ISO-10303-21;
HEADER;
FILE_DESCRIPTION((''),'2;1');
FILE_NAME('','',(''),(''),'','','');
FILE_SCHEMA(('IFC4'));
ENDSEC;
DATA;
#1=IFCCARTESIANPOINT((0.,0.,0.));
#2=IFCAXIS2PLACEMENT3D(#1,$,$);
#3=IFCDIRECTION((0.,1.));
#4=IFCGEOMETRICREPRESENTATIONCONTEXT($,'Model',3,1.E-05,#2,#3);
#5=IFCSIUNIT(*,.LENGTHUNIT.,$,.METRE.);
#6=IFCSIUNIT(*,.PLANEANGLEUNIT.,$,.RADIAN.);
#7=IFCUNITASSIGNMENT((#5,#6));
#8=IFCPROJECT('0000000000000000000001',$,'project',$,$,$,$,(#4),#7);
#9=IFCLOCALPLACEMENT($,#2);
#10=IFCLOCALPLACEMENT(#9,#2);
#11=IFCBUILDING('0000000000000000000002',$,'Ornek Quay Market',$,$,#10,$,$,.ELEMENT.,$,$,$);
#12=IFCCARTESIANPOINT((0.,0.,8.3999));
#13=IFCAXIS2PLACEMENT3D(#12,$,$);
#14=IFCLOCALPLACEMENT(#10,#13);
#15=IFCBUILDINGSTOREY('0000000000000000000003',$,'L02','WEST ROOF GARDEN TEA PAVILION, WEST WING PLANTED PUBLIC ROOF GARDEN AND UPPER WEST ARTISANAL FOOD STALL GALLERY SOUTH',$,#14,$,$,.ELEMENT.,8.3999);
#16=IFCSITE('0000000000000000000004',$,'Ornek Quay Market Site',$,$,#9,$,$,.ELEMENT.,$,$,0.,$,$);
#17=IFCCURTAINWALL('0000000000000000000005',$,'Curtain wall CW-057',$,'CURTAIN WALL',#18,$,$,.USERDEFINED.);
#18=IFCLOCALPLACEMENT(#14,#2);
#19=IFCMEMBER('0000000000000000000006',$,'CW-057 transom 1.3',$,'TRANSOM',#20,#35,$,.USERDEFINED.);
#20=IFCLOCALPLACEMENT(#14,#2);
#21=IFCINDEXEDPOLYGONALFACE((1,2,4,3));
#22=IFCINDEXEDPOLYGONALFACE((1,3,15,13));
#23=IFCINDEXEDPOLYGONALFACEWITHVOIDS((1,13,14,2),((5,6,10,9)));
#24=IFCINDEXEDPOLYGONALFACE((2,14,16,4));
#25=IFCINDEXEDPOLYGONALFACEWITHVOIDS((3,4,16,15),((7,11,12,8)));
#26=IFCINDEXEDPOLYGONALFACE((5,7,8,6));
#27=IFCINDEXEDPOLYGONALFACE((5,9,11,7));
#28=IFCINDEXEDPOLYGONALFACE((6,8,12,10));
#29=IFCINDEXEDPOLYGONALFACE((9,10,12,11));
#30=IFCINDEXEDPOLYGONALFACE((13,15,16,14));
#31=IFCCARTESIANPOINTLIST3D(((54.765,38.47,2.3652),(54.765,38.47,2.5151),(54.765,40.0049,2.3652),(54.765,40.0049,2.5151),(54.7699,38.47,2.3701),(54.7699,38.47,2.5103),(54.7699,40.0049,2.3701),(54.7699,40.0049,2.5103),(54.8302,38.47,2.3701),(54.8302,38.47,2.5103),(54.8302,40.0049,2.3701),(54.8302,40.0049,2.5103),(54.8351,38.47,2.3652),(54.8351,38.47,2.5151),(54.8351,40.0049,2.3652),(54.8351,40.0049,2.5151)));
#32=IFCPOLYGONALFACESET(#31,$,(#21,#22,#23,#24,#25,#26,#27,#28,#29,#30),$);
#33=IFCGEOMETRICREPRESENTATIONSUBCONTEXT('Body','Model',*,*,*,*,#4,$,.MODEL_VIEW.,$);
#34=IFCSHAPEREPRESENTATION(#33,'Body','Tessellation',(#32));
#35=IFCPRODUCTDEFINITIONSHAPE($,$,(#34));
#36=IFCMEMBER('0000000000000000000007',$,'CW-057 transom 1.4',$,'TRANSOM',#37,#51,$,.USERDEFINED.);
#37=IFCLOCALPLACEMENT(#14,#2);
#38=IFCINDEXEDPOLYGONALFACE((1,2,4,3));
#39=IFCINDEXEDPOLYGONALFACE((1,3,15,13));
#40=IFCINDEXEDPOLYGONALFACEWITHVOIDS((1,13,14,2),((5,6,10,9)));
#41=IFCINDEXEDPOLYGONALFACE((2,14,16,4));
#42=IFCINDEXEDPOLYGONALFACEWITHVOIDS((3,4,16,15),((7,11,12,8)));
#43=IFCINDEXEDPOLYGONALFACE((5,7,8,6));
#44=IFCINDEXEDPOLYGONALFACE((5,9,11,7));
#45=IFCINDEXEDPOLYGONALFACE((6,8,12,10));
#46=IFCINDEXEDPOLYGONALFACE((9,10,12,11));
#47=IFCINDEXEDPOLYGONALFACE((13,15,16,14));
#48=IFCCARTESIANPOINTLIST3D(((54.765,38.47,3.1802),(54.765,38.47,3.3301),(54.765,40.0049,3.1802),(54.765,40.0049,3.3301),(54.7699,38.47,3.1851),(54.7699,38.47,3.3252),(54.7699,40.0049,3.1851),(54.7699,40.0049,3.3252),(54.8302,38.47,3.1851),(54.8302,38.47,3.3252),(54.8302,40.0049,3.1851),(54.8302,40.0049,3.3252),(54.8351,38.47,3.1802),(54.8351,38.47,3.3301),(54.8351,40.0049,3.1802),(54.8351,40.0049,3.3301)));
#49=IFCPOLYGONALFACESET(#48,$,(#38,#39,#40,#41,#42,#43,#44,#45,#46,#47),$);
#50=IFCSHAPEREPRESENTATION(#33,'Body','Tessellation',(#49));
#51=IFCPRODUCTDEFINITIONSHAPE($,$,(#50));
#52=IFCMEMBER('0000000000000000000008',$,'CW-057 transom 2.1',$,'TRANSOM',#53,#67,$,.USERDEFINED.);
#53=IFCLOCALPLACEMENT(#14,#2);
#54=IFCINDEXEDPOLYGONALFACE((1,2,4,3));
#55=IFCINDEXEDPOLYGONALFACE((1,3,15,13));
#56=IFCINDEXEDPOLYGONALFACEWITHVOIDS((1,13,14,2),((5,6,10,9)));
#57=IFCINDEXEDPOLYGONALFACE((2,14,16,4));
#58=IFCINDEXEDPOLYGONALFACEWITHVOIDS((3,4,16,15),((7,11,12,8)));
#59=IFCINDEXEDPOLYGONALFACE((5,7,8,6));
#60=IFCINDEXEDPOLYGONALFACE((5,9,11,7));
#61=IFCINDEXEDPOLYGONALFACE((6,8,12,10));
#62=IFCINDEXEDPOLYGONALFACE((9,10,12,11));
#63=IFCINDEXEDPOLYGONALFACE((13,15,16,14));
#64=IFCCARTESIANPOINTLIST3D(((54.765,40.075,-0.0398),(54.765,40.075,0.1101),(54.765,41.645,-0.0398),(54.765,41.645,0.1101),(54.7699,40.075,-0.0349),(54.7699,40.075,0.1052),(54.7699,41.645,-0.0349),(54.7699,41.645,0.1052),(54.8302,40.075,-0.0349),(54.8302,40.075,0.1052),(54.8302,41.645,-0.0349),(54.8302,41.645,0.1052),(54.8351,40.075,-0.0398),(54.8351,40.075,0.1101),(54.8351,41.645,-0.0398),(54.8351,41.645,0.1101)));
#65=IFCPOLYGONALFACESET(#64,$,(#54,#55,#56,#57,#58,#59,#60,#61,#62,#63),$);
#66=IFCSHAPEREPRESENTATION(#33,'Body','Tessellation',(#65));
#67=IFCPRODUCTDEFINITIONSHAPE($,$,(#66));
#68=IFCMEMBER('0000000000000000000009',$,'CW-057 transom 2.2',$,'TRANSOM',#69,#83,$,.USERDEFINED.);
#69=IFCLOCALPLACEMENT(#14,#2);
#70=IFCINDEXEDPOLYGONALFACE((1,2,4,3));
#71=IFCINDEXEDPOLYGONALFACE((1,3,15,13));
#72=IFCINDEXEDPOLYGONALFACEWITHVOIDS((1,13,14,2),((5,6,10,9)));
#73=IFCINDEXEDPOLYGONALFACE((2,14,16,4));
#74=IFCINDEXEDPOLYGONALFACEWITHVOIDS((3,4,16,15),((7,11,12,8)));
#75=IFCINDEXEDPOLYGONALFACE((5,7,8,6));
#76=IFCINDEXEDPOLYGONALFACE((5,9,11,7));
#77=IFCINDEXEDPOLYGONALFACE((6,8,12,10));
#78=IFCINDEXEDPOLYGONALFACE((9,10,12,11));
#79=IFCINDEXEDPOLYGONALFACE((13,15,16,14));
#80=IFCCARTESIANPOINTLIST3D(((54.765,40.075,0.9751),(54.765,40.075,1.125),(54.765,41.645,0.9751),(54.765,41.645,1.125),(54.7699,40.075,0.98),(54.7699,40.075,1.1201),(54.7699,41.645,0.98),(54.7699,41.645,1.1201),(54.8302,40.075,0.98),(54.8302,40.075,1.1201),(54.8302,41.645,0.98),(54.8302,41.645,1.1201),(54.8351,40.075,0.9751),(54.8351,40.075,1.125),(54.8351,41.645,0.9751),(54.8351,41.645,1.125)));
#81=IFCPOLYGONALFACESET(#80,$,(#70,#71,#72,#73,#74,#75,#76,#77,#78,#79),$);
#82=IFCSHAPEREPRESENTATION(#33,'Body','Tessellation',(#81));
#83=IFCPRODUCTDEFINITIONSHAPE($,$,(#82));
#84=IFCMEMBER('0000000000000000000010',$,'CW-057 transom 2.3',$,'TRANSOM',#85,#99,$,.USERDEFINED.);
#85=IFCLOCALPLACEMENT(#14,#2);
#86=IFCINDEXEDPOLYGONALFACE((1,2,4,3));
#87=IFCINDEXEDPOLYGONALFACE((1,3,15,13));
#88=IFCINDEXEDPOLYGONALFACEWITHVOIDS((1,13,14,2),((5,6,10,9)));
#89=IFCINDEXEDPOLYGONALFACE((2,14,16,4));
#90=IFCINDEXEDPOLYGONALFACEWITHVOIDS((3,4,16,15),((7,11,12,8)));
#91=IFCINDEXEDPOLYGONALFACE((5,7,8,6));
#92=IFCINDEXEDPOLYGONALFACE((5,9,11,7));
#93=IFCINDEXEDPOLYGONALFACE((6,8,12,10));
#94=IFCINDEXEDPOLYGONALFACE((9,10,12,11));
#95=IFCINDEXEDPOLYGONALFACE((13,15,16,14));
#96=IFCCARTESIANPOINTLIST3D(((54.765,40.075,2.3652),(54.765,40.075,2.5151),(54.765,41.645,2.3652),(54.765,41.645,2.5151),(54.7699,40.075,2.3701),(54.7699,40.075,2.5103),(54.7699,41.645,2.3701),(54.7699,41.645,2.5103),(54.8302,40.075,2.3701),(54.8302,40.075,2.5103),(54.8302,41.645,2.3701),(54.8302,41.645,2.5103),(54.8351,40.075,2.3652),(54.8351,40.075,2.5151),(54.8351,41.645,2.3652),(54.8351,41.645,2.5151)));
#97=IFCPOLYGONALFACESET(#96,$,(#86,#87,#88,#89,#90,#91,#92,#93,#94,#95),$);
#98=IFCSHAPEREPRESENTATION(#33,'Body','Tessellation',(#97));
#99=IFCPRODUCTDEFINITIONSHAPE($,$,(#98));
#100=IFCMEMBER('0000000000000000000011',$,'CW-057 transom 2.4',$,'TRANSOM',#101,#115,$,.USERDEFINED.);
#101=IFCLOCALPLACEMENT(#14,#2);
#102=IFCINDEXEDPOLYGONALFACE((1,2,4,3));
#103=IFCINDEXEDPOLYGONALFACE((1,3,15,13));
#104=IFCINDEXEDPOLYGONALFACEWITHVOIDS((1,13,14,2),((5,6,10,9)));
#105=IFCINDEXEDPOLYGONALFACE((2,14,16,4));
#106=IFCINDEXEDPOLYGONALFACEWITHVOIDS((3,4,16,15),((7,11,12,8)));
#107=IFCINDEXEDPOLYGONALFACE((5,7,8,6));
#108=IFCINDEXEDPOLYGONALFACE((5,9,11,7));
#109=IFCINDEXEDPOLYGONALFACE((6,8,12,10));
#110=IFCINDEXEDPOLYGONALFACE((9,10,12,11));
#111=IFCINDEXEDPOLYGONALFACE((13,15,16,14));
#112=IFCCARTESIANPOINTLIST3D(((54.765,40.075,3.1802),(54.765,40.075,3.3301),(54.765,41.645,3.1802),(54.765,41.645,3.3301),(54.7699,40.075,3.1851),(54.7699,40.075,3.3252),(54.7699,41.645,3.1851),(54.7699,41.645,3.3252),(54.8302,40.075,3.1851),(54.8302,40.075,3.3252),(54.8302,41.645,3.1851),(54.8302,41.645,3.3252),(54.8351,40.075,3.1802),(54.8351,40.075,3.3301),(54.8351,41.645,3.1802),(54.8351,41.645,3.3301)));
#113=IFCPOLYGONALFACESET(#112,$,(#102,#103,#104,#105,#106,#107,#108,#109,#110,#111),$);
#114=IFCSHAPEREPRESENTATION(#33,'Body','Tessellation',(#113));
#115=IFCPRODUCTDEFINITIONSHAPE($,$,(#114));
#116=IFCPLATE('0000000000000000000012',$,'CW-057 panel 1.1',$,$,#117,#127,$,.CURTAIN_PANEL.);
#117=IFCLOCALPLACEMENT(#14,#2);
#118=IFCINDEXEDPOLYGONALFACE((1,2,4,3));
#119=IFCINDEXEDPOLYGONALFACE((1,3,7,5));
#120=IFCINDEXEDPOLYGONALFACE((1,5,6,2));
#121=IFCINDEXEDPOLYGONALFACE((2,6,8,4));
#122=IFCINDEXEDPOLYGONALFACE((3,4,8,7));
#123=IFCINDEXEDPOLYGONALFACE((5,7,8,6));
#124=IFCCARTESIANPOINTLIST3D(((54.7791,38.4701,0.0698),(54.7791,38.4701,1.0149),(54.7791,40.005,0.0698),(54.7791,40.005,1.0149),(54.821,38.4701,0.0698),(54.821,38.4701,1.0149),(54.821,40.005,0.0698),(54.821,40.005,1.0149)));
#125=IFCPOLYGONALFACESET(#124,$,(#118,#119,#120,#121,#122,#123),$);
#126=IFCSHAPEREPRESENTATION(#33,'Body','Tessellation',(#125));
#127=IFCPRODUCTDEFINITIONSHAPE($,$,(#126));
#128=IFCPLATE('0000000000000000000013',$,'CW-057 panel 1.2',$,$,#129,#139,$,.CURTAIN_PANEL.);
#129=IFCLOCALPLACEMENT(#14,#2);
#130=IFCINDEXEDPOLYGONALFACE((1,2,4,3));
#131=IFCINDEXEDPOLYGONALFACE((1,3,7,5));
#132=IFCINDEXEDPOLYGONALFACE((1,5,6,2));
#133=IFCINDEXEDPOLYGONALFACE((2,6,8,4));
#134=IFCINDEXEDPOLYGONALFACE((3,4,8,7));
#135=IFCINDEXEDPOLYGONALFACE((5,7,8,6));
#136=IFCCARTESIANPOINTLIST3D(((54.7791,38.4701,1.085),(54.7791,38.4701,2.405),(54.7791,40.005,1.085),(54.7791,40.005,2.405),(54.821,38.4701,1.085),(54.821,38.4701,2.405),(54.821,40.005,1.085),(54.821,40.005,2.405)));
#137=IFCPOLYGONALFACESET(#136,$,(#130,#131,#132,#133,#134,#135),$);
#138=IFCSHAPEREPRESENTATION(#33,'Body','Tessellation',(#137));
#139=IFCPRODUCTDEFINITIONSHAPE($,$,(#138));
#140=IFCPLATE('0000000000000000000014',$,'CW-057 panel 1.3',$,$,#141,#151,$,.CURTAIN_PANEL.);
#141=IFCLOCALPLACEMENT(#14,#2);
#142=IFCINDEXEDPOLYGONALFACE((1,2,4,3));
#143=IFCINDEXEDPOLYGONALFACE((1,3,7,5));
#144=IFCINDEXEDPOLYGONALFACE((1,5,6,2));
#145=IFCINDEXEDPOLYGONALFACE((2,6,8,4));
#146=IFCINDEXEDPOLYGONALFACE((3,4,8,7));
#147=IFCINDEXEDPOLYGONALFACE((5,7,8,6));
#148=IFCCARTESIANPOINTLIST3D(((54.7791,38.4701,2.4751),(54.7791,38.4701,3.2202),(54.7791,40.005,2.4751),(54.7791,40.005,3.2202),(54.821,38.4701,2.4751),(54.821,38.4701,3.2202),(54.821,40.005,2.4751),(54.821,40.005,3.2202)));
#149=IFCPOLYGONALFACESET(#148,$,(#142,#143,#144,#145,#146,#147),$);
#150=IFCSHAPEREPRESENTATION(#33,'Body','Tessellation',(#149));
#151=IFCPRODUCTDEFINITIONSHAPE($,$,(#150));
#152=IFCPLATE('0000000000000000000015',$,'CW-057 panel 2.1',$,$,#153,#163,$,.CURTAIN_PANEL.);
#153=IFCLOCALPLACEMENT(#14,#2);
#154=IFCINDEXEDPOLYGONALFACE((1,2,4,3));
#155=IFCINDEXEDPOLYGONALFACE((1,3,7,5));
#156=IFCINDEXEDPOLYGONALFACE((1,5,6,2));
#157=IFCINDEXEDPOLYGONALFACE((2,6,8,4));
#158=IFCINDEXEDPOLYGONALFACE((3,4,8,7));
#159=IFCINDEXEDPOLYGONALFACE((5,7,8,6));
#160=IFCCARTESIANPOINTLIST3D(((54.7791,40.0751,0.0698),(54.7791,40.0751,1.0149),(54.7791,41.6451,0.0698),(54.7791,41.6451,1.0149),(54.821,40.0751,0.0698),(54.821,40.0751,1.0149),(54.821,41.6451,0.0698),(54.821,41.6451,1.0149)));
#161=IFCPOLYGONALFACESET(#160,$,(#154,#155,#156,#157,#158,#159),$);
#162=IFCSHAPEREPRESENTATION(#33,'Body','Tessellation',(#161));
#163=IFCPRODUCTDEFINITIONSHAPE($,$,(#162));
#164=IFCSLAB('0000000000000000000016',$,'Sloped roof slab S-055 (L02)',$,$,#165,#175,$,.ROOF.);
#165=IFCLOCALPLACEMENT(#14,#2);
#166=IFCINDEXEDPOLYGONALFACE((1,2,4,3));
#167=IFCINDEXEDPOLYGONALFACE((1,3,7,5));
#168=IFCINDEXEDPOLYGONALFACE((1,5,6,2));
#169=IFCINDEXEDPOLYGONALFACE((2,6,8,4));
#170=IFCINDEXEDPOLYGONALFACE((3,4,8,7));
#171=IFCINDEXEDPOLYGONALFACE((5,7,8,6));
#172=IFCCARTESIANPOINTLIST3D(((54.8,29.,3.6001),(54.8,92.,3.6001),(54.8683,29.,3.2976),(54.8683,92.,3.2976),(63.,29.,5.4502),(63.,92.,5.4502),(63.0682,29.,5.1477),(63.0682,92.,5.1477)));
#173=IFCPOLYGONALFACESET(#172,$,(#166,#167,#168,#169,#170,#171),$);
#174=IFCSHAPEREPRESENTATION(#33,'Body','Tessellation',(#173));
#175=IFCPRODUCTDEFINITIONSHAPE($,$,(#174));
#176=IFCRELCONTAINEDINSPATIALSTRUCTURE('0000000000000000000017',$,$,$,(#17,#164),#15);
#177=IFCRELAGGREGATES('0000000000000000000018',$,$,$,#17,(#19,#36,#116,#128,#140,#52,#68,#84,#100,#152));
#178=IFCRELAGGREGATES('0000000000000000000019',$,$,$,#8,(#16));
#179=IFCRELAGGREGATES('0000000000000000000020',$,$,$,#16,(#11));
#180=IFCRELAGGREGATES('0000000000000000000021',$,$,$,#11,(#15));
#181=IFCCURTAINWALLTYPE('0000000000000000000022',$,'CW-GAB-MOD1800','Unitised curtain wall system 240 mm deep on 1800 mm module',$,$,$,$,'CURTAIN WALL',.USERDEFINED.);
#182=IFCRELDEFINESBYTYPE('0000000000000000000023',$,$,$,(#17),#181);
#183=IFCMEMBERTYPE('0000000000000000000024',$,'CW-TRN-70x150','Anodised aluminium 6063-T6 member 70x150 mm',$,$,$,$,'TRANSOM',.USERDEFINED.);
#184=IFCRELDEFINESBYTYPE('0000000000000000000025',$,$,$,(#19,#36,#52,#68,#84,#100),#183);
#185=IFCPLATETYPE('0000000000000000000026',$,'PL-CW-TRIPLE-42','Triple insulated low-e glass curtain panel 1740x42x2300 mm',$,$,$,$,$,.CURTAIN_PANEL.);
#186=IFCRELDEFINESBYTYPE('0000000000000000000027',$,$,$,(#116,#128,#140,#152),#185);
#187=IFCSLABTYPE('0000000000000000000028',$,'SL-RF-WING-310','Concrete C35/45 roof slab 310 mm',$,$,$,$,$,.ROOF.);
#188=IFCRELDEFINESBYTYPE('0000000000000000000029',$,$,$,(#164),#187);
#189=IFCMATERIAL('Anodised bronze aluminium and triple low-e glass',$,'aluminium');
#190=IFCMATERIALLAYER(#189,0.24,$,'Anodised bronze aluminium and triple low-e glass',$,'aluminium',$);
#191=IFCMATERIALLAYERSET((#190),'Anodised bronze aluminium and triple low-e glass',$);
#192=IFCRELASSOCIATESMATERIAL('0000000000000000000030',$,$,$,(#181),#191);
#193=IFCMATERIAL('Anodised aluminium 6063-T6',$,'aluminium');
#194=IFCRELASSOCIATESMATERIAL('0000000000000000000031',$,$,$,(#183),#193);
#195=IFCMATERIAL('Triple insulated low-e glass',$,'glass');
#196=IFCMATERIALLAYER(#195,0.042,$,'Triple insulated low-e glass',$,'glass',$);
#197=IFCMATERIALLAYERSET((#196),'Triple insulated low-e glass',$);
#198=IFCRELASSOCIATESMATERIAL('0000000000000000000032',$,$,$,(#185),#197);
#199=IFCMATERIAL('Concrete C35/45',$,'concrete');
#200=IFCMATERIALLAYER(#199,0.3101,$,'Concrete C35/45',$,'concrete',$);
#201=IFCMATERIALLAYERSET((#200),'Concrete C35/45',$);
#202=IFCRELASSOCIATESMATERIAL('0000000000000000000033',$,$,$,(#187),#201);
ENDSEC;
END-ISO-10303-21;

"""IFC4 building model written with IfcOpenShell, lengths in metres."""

from ifc_helpers import new_model, si_unit, direction, frame, origin, origin_2d, place, context, subcontext, project, spatial, polyline, rectangle, hollow_rectangle, outline, extrude, material, layer, layer_set, material_profile, profile_set, type_object, element, aggregate, save


model = new_model("IFC4")

# Units and contexts
model_context = context("Model", 3, precision=1e-05, world=origin(), true_north=direction((0.0, 1.0)))
body_context = subcontext(model_context, "Body", "Model", "MODEL_VIEW")
ifc_project = project(units=[si_unit("LENGTHUNIT", "METRE"), si_unit("PLANEANGLEUNIT", "RADIAN")], contexts=[model_context])

# Site, building, storey
site_placement = place(None, origin())
site = spatial("IfcSite", under=ifc_project, at=site_placement, Name="Ornek Quay Market Site", CompositionType="ELEMENT", RefElevation=0.0)
building_placement = place(site_placement, origin())
building = spatial("IfcBuilding", under=site, at=building_placement, Name="Ornek Quay Market", CompositionType="ELEMENT")
storey_placement = place(building_placement, frame((0.0, 0.0, 8.3999)))
storey = spatial("IfcBuildingStorey", under=building, at=storey_placement, Name="L02", Description="WEST ROOF GARDEN TEA PAVILION, WEST WING PLANTED PUBLIC ROOF GARDEN AND UPPER WEST ARTISANAL FOOD STALL GALLERY SOUTH", CompositionType="ELEMENT", Elevation=8.3999)

# Curtain wall, members, plates
ifc_material_1 = material(Name="Anodised bronze aluminium and triple low-e glass", Category="aluminium")
ifc_layer_1 = layer(ifc_material_1, 0.24, Name="Anodised bronze aluminium and triple low-e glass", Category="aluminium")
ifc_layer_set_1 = layer_set([ifc_layer_1], Name="Anodised bronze aluminium and triple low-e glass")
curtain_wall_type = type_object("IfcCurtainWallType", Name="CW-GAB-MOD1800", Description="Unitised curtain wall system 240 mm deep on 1800 mm module", ElementType="CURTAIN WALL", PredefinedType="USERDEFINED", material=ifc_layer_set_1)
curtain_wall_placement = place(storey_placement, origin())
curtain_wall = element("IfcCurtainWall", 1, at=curtain_wall_placement, inside=storey, type_object=curtain_wall_type, Name="Curtain wall CW-057", ObjectType="CURTAIN WALL", PredefinedType="USERDEFINED")
ifc_material_2 = material(Name="Anodised aluminium 6063-T6", Category="aluminium")
ifc_material_profile_1 = material_profile(ifc_material_2, hollow_rectangle(XDim=0.0701, YDim=0.1499, WallThickness=0.0049, at=origin_2d()), Name="CW-TRN-70x150", Category="aluminium")
ifc_profile_set_1 = profile_set([ifc_material_profile_1], Name="Anodised aluminium 6063-T6")
member_type_1 = type_object("IfcMemberType", Name="CW-TRN-70x150", Description="Anodised aluminium 6063-T6 member 70x150 mm", ElementType="TRANSOM", PredefinedType="USERDEFINED", material=ifc_profile_set_1)
member_1_placement = place(storey_placement, frame((54.8, 38.47, 2.4402), z_axis=(0.0, 1.0, 0.0), x_axis=(-1.0, 0.0, 0.0)))
member_1 = element("IfcMember", 2, at=member_1_placement, type_object=member_type_1, Name="CW-057 transom 1.3", ObjectType="TRANSOM", PredefinedType="USERDEFINED", context=body_context, shape_type="SweptSolid", body=[
    extrude(hollow_rectangle(XDim=0.0701, YDim=0.1499, WallThickness=0.0049, at=origin_2d()), origin(), (0.0, 0.0, 1.0), 1.5349),
])
member_2_placement = place(storey_placement, frame((54.8, 38.47, 3.2551), z_axis=(0.0, 1.0, 0.0), x_axis=(-1.0, 0.0, 0.0)))
member_2 = element("IfcMember", 3, at=member_2_placement, type_object=member_type_1, Name="CW-057 transom 1.4", ObjectType="TRANSOM", PredefinedType="USERDEFINED", context=body_context, shape_type="SweptSolid", body=[
    extrude(hollow_rectangle(XDim=0.0701, YDim=0.1499, WallThickness=0.0049, at=origin_2d()), origin(), (0.0, 0.0, 1.0), 1.5349),
])
member_3_placement = place(storey_placement, frame((54.8, 40.075, 0.0352), z_axis=(0.0, 1.0, 0.0), x_axis=(-1.0, 0.0, 0.0)))
member_3 = element("IfcMember", 4, at=member_3_placement, type_object=member_type_1, Name="CW-057 transom 2.1", ObjectType="TRANSOM", PredefinedType="USERDEFINED", context=body_context, shape_type="SweptSolid", body=[
    extrude(hollow_rectangle(XDim=0.0701, YDim=0.1499, WallThickness=0.0049, at=origin_2d()), origin(), (0.0, 0.0, 1.0), 1.5701),
])
member_4_placement = place(storey_placement, frame((54.8, 40.075, 1.05), z_axis=(0.0, 1.0, 0.0), x_axis=(-1.0, 0.0, 0.0)))
member_4 = element("IfcMember", 5, at=member_4_placement, type_object=member_type_1, Name="CW-057 transom 2.2", ObjectType="TRANSOM", PredefinedType="USERDEFINED", context=body_context, shape_type="SweptSolid", body=[
    extrude(hollow_rectangle(XDim=0.0701, YDim=0.1499, WallThickness=0.0049, at=origin_2d()), origin(), (0.0, 0.0, 1.0), 1.5701),
])
member_5_placement = place(storey_placement, frame((54.8, 40.075, 2.4402), z_axis=(0.0, 1.0, 0.0), x_axis=(-1.0, 0.0, 0.0)))
member_5 = element("IfcMember", 6, at=member_5_placement, type_object=member_type_1, Name="CW-057 transom 2.3", ObjectType="TRANSOM", PredefinedType="USERDEFINED", context=body_context, shape_type="SweptSolid", body=[
    extrude(hollow_rectangle(XDim=0.0701, YDim=0.1499, WallThickness=0.0049, at=origin_2d()), origin(), (0.0, 0.0, 1.0), 1.5701),
])
member_6_placement = place(storey_placement, frame((54.8, 40.075, 3.2551), z_axis=(0.0, 1.0, 0.0), x_axis=(-1.0, 0.0, 0.0)))
member_6 = element("IfcMember", 7, at=member_6_placement, type_object=member_type_1, Name="CW-057 transom 2.4", ObjectType="TRANSOM", PredefinedType="USERDEFINED", context=body_context, shape_type="SweptSolid", body=[
    extrude(hollow_rectangle(XDim=0.0701, YDim=0.1499, WallThickness=0.0049, at=origin_2d()), origin(), (0.0, 0.0, 1.0), 1.5701),
])
ifc_material_3 = material(Name="Triple insulated low-e glass", Category="glass")
ifc_layer_2 = layer(ifc_material_3, 0.042, Name="Triple insulated low-e glass", Category="glass")
ifc_layer_set_2 = layer_set([ifc_layer_2], Name="Triple insulated low-e glass")
plate_type = type_object("IfcPlateType", Name="PL-CW-TRIPLE-42", Description="Triple insulated low-e glass curtain panel 1740x42x2300 mm", PredefinedType="CURTAIN_PANEL", material=ifc_layer_set_2)
plate_1_placement = place(storey_placement, frame((54.8, 39.2375, 0.0698), z_axis=(0.0, 0.0, 1.0), x_axis=(0.0, 1.0, 0.0)))
plate_1 = element("IfcPlate", 8, at=plate_1_placement, type_object=plate_type, Name="CW-057 panel 1.1", PredefinedType="CURTAIN_PANEL", context=body_context, shape_type="SweptSolid", body=[
    extrude(rectangle(XDim=1.5349, YDim=0.042, at=origin_2d()), origin(), (0.0, 0.0, 1.0), 0.9451),
])
plate_2_placement = place(storey_placement, frame((54.8, 39.2375, 1.085), z_axis=(0.0, 0.0, 1.0), x_axis=(0.0, 1.0, 0.0)))
plate_2 = element("IfcPlate", 9, at=plate_2_placement, type_object=plate_type, Name="CW-057 panel 1.2", PredefinedType="CURTAIN_PANEL", context=body_context, shape_type="SweptSolid", body=[
    extrude(rectangle(XDim=1.5349, YDim=0.042, at=origin_2d()), origin(), (0.0, 0.0, 1.0), 1.3201),
])
plate_3_placement = place(storey_placement, frame((54.8, 39.2375, 2.4751), z_axis=(0.0, 0.0, 1.0), x_axis=(0.0, 1.0, 0.0)))
plate_3 = element("IfcPlate", 10, at=plate_3_placement, type_object=plate_type, Name="CW-057 panel 1.3", PredefinedType="CURTAIN_PANEL", context=body_context, shape_type="SweptSolid", body=[
    extrude(rectangle(XDim=1.5349, YDim=0.042, at=origin_2d()), origin(), (0.0, 0.0, 1.0), 0.7451),
])
plate_4_placement = place(storey_placement, frame((54.8, 40.8601, 0.0698), z_axis=(0.0, 0.0, 1.0), x_axis=(0.0, 1.0, 0.0)))
plate_4 = element("IfcPlate", 11, at=plate_4_placement, type_object=plate_type, Name="CW-057 panel 2.1", PredefinedType="CURTAIN_PANEL", context=body_context, shape_type="SweptSolid", body=[
    extrude(rectangle(XDim=1.5701, YDim=0.042, at=origin_2d()), origin(), (0.0, 0.0, 1.0), 0.9451),
])
aggregate(curtain_wall, [member_1, member_2, plate_1, plate_2, plate_3, member_3, member_4, member_5, member_6, plate_4])

# Slab
ifc_material_4 = material(Name="Concrete C35/45", Category="concrete")
ifc_layer_3 = layer(ifc_material_4, 0.3101, Name="Concrete C35/45", Category="concrete")
ifc_layer_set_3 = layer_set([ifc_layer_3], Name="Concrete C35/45")
slab_type = type_object("IfcSlabType", Name="SL-RF-WING-310", Description="Concrete C35/45 roof slab 310 mm", PredefinedType="ROOF", material=ifc_layer_set_3)
slab_placement = place(storey_placement, frame((54.8, 29.0, 3.6001), z_axis=(-0.220091, 0.0, 0.975479), x_axis=(0.975479, 0.0, 0.220091)))
element("IfcSlab", 12, at=slab_placement, inside=storey, type_object=slab_type, Name="Sloped roof slab S-055 (L02)", PredefinedType="ROOF", context=body_context, shape_type="SweptSolid", body=[
    extrude(outline(polyline([(0.0, 0.0), (8.4061, 0.0), (8.4061, 63.0), (0.0, 63.0), (0.0, 0.0)])), origin(), (0.0, 0.0, -1.0), 0.3101),
])

save(model, "model.ifc")
